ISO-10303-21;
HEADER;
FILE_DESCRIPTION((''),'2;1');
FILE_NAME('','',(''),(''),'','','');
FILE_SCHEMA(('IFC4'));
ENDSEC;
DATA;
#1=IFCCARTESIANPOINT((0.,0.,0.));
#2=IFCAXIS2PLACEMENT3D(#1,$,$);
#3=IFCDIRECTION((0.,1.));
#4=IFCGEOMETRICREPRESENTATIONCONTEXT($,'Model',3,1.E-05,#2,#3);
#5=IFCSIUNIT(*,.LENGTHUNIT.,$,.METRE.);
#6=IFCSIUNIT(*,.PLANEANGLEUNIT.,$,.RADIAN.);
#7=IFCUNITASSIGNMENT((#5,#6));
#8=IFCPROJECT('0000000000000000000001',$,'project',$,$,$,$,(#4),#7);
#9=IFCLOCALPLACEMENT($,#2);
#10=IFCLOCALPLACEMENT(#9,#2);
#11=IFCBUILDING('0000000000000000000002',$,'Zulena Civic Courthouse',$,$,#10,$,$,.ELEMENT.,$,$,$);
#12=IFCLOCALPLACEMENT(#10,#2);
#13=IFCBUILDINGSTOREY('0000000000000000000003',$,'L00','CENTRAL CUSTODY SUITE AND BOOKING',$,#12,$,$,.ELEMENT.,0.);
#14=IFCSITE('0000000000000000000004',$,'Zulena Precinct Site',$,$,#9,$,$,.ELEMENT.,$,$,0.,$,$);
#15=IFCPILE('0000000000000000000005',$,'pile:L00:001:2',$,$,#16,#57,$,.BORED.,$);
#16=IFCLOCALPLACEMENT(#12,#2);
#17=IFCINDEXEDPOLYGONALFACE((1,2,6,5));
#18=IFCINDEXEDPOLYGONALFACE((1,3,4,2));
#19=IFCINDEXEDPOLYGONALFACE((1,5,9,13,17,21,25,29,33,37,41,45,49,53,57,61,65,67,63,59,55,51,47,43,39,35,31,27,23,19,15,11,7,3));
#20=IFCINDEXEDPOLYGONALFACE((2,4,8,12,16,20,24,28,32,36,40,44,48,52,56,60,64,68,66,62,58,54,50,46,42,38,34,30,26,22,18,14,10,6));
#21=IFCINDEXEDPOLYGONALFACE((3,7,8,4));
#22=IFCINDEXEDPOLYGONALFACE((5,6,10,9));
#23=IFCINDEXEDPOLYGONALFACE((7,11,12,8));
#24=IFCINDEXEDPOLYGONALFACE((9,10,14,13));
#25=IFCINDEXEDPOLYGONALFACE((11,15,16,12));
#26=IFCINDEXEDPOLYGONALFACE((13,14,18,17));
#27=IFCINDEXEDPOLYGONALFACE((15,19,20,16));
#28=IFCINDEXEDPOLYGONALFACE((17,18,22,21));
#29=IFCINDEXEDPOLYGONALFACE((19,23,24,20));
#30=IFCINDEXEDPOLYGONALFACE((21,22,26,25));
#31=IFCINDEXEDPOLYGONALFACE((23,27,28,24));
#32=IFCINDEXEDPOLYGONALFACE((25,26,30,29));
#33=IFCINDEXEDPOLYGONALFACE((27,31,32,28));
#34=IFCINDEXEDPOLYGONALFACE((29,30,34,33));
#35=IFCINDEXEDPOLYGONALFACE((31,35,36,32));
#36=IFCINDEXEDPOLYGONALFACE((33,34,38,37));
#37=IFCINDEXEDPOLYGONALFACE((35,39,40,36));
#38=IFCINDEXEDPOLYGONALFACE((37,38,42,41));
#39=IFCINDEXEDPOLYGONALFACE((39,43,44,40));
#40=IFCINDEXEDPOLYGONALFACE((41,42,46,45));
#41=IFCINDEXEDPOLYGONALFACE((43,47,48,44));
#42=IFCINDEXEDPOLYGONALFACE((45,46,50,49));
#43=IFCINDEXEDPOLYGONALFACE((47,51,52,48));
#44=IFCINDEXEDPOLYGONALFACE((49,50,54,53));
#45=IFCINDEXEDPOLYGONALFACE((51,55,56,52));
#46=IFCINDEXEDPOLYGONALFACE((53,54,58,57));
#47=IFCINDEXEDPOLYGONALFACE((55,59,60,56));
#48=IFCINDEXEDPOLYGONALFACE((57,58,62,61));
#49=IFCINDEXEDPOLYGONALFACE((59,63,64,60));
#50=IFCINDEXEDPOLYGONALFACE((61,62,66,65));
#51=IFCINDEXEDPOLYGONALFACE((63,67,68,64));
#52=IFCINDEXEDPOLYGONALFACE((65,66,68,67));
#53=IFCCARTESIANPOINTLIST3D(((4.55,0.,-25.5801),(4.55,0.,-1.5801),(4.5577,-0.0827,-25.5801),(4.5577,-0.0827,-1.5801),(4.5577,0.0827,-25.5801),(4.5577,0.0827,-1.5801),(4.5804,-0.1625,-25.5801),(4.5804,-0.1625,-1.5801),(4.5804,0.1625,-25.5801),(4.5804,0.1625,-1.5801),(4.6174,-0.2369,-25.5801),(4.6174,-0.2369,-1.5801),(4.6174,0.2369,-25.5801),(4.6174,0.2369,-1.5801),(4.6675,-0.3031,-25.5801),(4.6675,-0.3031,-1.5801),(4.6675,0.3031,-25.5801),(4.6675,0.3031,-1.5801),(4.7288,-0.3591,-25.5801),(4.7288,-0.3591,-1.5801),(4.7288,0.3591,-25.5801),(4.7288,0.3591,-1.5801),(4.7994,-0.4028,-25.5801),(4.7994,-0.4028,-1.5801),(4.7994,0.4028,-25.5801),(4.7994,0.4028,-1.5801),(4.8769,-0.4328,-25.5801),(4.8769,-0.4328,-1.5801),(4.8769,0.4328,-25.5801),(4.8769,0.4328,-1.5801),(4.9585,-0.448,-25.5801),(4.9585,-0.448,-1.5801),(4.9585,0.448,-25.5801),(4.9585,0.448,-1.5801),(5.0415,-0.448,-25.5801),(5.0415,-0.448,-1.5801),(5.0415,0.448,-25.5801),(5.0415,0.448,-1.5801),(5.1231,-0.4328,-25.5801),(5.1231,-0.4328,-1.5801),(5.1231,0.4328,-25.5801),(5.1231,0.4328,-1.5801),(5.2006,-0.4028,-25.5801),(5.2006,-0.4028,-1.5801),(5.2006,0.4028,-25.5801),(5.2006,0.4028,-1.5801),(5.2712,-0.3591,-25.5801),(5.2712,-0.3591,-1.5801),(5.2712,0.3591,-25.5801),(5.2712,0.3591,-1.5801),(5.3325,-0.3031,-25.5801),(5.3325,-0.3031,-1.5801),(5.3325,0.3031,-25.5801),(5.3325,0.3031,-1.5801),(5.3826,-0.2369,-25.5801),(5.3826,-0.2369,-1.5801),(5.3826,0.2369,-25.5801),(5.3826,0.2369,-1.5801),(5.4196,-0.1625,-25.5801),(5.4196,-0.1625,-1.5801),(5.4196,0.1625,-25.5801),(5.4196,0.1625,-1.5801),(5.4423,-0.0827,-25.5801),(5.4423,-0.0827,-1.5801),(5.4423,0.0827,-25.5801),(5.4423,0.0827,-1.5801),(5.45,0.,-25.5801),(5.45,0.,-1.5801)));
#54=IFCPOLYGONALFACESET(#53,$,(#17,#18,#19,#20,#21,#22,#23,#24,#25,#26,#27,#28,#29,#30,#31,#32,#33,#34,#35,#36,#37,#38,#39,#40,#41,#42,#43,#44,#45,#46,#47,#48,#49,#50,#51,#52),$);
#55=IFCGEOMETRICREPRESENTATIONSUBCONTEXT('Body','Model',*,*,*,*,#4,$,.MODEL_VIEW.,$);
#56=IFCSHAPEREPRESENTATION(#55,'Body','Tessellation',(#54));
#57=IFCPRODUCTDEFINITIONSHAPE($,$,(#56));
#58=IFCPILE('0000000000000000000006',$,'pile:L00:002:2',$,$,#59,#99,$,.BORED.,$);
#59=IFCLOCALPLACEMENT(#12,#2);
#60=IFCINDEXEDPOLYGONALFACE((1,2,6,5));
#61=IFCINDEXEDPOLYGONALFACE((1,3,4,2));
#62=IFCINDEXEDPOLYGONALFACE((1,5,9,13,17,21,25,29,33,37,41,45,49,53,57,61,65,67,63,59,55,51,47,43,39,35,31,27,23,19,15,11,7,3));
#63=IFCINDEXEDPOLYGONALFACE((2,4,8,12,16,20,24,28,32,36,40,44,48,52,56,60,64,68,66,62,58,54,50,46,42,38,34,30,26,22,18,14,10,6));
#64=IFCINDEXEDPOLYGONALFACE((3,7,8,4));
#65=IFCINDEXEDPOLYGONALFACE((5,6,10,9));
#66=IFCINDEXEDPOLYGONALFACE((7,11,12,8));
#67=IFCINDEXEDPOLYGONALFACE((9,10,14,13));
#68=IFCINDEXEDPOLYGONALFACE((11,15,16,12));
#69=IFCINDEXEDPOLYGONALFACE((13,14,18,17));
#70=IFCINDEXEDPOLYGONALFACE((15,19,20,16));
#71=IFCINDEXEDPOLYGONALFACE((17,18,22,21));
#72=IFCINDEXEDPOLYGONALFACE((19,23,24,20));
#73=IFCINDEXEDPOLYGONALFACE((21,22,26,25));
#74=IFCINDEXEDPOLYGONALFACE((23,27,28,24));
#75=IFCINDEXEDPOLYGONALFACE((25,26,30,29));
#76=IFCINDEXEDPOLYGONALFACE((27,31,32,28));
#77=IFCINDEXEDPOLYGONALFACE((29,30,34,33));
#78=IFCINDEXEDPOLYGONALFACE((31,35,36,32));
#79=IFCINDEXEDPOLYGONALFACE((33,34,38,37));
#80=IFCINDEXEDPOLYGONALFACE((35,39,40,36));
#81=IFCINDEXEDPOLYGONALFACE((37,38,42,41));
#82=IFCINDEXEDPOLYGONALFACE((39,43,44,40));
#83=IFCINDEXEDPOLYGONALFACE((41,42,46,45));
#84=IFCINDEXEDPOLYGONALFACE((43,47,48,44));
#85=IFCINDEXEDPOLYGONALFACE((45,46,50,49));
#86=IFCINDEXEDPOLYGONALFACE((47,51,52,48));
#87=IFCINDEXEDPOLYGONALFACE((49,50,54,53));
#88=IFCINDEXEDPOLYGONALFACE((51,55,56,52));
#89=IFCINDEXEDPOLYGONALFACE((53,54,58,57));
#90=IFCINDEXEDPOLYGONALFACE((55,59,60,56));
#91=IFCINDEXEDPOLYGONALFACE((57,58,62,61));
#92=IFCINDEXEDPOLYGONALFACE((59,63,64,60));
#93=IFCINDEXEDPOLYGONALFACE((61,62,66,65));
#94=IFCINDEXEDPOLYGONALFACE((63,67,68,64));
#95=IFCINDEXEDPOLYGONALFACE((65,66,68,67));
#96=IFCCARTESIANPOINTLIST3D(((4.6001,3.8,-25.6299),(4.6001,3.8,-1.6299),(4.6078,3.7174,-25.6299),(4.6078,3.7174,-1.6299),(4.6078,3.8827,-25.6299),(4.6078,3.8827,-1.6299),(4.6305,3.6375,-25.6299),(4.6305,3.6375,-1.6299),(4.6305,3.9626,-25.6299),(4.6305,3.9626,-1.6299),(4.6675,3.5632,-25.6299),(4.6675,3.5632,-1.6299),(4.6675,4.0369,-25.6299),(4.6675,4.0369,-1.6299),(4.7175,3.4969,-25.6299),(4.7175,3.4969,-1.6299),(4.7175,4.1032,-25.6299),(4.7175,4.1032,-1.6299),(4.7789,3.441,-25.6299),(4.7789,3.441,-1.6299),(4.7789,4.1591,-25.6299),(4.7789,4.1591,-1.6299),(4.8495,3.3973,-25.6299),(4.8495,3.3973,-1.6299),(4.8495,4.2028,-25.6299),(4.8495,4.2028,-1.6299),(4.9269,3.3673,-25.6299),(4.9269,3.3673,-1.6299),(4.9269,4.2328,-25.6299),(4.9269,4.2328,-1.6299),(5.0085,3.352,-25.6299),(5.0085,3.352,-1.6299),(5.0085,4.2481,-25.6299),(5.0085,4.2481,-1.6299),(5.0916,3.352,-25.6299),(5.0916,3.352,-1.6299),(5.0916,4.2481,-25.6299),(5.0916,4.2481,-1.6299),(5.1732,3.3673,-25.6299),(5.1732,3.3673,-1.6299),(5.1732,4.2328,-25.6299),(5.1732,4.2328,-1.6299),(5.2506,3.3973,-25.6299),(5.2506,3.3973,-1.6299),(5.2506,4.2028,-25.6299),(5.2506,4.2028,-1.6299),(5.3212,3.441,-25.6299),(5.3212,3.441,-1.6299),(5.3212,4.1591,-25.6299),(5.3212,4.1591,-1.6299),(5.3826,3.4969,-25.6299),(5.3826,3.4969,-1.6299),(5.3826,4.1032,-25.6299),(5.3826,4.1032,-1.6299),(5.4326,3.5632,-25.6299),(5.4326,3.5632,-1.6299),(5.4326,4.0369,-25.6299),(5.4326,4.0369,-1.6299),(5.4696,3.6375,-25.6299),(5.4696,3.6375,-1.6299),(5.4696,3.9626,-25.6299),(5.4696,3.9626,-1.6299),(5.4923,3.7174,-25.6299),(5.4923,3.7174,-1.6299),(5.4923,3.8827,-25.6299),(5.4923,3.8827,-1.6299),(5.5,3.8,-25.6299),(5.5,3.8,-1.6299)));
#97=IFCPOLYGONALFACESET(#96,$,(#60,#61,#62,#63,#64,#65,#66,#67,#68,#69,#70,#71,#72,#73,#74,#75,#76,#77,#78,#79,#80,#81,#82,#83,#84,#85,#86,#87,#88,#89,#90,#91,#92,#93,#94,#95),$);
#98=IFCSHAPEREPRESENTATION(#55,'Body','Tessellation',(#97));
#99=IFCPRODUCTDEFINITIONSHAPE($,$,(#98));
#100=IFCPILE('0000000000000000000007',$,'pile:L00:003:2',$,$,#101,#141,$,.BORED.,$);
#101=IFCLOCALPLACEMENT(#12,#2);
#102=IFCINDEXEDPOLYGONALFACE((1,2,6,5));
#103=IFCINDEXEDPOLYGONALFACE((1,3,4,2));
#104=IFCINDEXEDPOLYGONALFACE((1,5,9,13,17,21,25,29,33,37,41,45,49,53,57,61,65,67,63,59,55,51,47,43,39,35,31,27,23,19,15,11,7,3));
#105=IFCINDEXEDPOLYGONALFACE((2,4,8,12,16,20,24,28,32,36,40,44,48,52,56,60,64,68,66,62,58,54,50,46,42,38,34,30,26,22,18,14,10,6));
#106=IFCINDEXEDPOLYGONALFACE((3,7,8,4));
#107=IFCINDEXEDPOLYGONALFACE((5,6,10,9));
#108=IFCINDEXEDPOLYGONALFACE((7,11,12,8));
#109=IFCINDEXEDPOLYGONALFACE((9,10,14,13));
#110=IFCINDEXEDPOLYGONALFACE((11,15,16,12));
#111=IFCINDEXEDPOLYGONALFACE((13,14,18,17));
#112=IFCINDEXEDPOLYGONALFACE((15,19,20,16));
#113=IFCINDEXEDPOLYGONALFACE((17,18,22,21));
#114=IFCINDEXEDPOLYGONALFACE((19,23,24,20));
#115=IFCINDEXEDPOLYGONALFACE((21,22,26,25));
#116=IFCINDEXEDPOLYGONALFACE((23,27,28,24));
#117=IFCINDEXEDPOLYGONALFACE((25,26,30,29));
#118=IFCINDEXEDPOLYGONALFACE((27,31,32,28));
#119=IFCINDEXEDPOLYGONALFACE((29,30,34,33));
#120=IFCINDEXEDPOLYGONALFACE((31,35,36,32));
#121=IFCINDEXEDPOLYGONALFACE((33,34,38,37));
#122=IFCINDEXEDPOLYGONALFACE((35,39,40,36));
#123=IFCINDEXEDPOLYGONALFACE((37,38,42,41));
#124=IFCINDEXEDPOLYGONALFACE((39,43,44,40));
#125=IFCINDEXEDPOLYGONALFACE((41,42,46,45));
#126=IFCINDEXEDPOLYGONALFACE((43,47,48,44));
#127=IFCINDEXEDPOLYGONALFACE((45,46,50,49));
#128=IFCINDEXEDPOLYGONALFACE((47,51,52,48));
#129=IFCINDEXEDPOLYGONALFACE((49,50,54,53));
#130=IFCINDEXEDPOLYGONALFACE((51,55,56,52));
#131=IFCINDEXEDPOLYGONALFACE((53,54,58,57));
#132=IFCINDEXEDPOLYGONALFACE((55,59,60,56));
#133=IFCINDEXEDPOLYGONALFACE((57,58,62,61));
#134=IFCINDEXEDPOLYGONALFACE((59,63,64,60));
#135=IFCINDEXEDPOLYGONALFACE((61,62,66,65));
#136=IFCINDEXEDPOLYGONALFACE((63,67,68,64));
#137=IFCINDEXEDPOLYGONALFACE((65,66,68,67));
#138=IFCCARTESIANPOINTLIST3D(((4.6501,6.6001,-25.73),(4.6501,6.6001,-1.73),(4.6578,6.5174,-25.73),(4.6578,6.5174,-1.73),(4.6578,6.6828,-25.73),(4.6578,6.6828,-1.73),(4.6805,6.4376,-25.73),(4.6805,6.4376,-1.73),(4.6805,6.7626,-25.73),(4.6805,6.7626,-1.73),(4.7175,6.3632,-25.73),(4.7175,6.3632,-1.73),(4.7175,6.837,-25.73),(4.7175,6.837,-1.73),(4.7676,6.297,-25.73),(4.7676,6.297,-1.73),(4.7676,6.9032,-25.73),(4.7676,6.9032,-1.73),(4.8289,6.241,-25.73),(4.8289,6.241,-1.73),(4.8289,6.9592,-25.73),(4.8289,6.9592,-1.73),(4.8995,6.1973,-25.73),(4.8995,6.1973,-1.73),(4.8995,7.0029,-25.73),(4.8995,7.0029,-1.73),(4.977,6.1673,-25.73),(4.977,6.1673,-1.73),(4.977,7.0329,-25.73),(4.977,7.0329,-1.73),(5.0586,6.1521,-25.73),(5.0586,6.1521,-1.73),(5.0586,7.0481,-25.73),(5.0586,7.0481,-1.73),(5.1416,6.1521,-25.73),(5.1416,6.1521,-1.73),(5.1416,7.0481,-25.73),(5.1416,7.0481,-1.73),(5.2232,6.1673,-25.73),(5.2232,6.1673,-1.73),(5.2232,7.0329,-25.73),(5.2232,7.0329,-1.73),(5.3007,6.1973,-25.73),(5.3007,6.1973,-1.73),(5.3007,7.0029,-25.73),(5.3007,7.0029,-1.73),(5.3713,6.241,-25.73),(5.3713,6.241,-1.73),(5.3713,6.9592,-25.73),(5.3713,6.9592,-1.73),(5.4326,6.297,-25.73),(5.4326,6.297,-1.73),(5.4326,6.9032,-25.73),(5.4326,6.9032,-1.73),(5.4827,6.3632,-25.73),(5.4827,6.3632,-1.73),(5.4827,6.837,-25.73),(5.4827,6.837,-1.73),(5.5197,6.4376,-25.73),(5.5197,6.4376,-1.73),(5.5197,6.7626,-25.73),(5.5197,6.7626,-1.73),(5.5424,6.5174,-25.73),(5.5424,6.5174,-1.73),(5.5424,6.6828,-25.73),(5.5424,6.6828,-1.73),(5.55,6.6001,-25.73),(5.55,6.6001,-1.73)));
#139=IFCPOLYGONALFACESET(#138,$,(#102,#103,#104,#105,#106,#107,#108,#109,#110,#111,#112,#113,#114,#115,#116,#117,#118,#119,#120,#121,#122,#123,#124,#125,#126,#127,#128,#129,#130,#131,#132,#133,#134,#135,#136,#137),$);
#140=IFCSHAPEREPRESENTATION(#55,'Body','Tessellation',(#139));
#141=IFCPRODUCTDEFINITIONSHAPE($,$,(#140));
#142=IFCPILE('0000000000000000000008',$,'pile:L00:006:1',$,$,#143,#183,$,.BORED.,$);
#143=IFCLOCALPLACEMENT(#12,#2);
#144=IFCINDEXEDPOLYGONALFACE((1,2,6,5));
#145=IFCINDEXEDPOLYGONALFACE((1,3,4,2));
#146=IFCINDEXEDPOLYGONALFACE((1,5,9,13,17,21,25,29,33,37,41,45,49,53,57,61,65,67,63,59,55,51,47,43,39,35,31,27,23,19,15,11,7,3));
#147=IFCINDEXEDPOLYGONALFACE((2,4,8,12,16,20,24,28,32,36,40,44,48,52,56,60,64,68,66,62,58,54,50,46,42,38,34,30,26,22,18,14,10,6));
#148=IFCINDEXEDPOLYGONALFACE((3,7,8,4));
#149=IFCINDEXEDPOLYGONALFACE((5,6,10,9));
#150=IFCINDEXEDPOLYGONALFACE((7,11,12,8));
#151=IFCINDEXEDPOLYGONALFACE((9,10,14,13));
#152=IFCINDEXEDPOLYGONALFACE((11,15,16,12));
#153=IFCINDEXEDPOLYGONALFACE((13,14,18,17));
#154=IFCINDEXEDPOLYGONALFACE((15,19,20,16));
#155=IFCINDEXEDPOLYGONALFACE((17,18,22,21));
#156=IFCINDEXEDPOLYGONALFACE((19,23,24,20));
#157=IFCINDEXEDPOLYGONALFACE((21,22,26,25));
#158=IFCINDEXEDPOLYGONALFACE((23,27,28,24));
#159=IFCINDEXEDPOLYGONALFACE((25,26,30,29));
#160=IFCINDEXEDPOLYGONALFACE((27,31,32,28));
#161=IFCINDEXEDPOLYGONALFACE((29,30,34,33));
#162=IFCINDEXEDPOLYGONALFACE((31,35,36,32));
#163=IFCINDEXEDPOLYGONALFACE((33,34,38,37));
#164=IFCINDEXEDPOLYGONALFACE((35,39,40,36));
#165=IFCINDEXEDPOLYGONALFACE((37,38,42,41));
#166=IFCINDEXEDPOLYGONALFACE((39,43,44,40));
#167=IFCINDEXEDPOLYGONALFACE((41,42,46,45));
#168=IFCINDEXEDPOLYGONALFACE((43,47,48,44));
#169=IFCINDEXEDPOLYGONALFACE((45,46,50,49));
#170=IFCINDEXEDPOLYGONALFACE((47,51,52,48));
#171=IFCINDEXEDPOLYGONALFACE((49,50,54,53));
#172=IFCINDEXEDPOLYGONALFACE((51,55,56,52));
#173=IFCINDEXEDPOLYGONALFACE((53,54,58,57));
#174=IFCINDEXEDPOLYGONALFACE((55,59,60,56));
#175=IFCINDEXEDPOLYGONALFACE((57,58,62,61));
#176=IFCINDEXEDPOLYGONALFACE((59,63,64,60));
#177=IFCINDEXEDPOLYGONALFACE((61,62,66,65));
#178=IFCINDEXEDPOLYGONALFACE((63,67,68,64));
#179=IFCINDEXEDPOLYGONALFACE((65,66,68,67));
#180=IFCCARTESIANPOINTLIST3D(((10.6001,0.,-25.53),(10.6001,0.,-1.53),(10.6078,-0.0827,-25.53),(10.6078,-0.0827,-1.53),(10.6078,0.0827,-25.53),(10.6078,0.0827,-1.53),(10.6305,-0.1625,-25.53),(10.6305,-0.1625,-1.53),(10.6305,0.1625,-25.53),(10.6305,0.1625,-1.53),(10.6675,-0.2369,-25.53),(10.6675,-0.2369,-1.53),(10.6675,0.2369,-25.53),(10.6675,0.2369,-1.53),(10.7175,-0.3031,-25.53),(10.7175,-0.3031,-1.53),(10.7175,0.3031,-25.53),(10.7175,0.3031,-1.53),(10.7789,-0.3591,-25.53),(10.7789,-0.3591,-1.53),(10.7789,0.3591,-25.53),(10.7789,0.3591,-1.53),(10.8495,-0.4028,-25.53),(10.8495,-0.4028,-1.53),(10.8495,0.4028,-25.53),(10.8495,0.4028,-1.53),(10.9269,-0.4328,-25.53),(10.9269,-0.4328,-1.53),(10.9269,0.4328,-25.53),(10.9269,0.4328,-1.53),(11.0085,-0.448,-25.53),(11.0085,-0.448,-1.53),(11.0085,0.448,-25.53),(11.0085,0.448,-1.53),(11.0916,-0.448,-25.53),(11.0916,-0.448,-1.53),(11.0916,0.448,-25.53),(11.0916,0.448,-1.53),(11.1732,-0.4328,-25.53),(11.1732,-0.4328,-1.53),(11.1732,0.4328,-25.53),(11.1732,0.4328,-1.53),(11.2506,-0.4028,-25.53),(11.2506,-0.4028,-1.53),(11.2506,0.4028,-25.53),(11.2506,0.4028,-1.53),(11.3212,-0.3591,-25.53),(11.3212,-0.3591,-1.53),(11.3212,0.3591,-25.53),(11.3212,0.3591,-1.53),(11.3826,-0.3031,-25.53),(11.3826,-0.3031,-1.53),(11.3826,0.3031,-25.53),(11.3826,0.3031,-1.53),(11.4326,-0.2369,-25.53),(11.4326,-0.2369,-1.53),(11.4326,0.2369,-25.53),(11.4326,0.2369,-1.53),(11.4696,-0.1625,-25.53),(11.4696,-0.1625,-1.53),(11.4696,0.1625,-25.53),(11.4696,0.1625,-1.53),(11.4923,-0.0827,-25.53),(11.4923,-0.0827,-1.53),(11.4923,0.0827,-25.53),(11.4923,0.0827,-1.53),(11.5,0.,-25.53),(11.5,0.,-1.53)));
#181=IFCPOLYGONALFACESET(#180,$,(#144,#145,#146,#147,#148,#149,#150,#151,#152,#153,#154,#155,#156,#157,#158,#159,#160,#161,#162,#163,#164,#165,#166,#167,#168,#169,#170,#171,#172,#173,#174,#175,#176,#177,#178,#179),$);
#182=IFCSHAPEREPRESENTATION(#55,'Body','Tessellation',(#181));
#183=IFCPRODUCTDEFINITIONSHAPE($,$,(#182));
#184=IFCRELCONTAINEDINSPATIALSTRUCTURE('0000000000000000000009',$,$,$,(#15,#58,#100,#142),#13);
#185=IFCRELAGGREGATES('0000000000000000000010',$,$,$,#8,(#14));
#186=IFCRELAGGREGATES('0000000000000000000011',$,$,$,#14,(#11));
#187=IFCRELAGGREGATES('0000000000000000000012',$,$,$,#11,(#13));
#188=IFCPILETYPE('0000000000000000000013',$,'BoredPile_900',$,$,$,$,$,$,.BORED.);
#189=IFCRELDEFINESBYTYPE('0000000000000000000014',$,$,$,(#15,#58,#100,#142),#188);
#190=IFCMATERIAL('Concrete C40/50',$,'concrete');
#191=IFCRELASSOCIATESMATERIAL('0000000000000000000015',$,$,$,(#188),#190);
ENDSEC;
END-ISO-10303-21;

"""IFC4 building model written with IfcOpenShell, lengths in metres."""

from ifc_helpers import new_model, si_unit, direction, frame, origin, origin_2d, place, context, subcontext, project, spatial, circle, extrude, material, material_profile, profile_set, type_object, element, save


model = new_model("IFC4")

# Units and contexts
model_context = context("Model", 3, precision=1e-05, world=origin(), true_north=direction((0.0, 1.0)))
body_context = subcontext(model_context, "Body", "Model", "MODEL_VIEW")
ifc_project = project(units=[si_unit("LENGTHUNIT", "METRE"), si_unit("PLANEANGLEUNIT", "RADIAN")], contexts=[model_context])

# Site, building, storey
site_placement = place(None, origin())
site = spatial("IfcSite", under=ifc_project, at=site_placement, Name="Zulena Precinct Site", CompositionType="ELEMENT", RefElevation=0.0)
building_placement = place(site_placement, origin())
building = spatial("IfcBuilding", under=site, at=building_placement, Name="Zulena Civic Courthouse", CompositionType="ELEMENT")
storey_placement = place(building_placement, origin())
storey = spatial("IfcBuildingStorey", under=building, at=storey_placement, Name="L00", Description="CENTRAL CUSTODY SUITE AND BOOKING", CompositionType="ELEMENT", Elevation=0.0)

# Piles
ifc_material_1 = material(Name="Concrete C40/50", Category="concrete")
ifc_material_profile_1 = material_profile(ifc_material_1, circle(Radius=0.45, at=origin_2d()), Name="PILE900")
ifc_profile_set_1 = profile_set([ifc_material_profile_1], Name="Concrete C40/50")
pile_type = type_object("IfcPileType", Name="BoredPile_900", PredefinedType="BORED", material=ifc_profile_set_1)
for number, where, z_axis, x_axis, name in (
    (1, (5.0, 0.0, -1.5801), (0.0, 0.0, -1.0), (1.0, 0.0, 0.0), "pile:L00:001:2"),
    (2, (5.05, 3.8, -1.6299), (0.0, 0.0, -1.0), (1.0, 0.0, 0.0), "pile:L00:002:2"),
    (3, (5.1001, 6.6001, -1.73), (0.0, 0.0, -1.0), (1.0, 0.0, 0.0), "pile:L00:003:2"),
    (4, (11.05, 0.0, -1.53), (0.0, 0.0, -1.0), (1.0, 0.0, 0.0), "pile:L00:006:1"),
):
    element("IfcPile", number, at=place(storey_placement, frame(where, z_axis=z_axis, x_axis=x_axis)), inside=storey, type_object=pile_type, Name=name, PredefinedType="BORED", context=body_context, shape_type="SweptSolid", body=[
        extrude(circle(Radius=0.45, at=origin_2d()), origin(), (0.0, 0.0, 1.0), 24.0),
    ])

save(model, "model.ifc")
